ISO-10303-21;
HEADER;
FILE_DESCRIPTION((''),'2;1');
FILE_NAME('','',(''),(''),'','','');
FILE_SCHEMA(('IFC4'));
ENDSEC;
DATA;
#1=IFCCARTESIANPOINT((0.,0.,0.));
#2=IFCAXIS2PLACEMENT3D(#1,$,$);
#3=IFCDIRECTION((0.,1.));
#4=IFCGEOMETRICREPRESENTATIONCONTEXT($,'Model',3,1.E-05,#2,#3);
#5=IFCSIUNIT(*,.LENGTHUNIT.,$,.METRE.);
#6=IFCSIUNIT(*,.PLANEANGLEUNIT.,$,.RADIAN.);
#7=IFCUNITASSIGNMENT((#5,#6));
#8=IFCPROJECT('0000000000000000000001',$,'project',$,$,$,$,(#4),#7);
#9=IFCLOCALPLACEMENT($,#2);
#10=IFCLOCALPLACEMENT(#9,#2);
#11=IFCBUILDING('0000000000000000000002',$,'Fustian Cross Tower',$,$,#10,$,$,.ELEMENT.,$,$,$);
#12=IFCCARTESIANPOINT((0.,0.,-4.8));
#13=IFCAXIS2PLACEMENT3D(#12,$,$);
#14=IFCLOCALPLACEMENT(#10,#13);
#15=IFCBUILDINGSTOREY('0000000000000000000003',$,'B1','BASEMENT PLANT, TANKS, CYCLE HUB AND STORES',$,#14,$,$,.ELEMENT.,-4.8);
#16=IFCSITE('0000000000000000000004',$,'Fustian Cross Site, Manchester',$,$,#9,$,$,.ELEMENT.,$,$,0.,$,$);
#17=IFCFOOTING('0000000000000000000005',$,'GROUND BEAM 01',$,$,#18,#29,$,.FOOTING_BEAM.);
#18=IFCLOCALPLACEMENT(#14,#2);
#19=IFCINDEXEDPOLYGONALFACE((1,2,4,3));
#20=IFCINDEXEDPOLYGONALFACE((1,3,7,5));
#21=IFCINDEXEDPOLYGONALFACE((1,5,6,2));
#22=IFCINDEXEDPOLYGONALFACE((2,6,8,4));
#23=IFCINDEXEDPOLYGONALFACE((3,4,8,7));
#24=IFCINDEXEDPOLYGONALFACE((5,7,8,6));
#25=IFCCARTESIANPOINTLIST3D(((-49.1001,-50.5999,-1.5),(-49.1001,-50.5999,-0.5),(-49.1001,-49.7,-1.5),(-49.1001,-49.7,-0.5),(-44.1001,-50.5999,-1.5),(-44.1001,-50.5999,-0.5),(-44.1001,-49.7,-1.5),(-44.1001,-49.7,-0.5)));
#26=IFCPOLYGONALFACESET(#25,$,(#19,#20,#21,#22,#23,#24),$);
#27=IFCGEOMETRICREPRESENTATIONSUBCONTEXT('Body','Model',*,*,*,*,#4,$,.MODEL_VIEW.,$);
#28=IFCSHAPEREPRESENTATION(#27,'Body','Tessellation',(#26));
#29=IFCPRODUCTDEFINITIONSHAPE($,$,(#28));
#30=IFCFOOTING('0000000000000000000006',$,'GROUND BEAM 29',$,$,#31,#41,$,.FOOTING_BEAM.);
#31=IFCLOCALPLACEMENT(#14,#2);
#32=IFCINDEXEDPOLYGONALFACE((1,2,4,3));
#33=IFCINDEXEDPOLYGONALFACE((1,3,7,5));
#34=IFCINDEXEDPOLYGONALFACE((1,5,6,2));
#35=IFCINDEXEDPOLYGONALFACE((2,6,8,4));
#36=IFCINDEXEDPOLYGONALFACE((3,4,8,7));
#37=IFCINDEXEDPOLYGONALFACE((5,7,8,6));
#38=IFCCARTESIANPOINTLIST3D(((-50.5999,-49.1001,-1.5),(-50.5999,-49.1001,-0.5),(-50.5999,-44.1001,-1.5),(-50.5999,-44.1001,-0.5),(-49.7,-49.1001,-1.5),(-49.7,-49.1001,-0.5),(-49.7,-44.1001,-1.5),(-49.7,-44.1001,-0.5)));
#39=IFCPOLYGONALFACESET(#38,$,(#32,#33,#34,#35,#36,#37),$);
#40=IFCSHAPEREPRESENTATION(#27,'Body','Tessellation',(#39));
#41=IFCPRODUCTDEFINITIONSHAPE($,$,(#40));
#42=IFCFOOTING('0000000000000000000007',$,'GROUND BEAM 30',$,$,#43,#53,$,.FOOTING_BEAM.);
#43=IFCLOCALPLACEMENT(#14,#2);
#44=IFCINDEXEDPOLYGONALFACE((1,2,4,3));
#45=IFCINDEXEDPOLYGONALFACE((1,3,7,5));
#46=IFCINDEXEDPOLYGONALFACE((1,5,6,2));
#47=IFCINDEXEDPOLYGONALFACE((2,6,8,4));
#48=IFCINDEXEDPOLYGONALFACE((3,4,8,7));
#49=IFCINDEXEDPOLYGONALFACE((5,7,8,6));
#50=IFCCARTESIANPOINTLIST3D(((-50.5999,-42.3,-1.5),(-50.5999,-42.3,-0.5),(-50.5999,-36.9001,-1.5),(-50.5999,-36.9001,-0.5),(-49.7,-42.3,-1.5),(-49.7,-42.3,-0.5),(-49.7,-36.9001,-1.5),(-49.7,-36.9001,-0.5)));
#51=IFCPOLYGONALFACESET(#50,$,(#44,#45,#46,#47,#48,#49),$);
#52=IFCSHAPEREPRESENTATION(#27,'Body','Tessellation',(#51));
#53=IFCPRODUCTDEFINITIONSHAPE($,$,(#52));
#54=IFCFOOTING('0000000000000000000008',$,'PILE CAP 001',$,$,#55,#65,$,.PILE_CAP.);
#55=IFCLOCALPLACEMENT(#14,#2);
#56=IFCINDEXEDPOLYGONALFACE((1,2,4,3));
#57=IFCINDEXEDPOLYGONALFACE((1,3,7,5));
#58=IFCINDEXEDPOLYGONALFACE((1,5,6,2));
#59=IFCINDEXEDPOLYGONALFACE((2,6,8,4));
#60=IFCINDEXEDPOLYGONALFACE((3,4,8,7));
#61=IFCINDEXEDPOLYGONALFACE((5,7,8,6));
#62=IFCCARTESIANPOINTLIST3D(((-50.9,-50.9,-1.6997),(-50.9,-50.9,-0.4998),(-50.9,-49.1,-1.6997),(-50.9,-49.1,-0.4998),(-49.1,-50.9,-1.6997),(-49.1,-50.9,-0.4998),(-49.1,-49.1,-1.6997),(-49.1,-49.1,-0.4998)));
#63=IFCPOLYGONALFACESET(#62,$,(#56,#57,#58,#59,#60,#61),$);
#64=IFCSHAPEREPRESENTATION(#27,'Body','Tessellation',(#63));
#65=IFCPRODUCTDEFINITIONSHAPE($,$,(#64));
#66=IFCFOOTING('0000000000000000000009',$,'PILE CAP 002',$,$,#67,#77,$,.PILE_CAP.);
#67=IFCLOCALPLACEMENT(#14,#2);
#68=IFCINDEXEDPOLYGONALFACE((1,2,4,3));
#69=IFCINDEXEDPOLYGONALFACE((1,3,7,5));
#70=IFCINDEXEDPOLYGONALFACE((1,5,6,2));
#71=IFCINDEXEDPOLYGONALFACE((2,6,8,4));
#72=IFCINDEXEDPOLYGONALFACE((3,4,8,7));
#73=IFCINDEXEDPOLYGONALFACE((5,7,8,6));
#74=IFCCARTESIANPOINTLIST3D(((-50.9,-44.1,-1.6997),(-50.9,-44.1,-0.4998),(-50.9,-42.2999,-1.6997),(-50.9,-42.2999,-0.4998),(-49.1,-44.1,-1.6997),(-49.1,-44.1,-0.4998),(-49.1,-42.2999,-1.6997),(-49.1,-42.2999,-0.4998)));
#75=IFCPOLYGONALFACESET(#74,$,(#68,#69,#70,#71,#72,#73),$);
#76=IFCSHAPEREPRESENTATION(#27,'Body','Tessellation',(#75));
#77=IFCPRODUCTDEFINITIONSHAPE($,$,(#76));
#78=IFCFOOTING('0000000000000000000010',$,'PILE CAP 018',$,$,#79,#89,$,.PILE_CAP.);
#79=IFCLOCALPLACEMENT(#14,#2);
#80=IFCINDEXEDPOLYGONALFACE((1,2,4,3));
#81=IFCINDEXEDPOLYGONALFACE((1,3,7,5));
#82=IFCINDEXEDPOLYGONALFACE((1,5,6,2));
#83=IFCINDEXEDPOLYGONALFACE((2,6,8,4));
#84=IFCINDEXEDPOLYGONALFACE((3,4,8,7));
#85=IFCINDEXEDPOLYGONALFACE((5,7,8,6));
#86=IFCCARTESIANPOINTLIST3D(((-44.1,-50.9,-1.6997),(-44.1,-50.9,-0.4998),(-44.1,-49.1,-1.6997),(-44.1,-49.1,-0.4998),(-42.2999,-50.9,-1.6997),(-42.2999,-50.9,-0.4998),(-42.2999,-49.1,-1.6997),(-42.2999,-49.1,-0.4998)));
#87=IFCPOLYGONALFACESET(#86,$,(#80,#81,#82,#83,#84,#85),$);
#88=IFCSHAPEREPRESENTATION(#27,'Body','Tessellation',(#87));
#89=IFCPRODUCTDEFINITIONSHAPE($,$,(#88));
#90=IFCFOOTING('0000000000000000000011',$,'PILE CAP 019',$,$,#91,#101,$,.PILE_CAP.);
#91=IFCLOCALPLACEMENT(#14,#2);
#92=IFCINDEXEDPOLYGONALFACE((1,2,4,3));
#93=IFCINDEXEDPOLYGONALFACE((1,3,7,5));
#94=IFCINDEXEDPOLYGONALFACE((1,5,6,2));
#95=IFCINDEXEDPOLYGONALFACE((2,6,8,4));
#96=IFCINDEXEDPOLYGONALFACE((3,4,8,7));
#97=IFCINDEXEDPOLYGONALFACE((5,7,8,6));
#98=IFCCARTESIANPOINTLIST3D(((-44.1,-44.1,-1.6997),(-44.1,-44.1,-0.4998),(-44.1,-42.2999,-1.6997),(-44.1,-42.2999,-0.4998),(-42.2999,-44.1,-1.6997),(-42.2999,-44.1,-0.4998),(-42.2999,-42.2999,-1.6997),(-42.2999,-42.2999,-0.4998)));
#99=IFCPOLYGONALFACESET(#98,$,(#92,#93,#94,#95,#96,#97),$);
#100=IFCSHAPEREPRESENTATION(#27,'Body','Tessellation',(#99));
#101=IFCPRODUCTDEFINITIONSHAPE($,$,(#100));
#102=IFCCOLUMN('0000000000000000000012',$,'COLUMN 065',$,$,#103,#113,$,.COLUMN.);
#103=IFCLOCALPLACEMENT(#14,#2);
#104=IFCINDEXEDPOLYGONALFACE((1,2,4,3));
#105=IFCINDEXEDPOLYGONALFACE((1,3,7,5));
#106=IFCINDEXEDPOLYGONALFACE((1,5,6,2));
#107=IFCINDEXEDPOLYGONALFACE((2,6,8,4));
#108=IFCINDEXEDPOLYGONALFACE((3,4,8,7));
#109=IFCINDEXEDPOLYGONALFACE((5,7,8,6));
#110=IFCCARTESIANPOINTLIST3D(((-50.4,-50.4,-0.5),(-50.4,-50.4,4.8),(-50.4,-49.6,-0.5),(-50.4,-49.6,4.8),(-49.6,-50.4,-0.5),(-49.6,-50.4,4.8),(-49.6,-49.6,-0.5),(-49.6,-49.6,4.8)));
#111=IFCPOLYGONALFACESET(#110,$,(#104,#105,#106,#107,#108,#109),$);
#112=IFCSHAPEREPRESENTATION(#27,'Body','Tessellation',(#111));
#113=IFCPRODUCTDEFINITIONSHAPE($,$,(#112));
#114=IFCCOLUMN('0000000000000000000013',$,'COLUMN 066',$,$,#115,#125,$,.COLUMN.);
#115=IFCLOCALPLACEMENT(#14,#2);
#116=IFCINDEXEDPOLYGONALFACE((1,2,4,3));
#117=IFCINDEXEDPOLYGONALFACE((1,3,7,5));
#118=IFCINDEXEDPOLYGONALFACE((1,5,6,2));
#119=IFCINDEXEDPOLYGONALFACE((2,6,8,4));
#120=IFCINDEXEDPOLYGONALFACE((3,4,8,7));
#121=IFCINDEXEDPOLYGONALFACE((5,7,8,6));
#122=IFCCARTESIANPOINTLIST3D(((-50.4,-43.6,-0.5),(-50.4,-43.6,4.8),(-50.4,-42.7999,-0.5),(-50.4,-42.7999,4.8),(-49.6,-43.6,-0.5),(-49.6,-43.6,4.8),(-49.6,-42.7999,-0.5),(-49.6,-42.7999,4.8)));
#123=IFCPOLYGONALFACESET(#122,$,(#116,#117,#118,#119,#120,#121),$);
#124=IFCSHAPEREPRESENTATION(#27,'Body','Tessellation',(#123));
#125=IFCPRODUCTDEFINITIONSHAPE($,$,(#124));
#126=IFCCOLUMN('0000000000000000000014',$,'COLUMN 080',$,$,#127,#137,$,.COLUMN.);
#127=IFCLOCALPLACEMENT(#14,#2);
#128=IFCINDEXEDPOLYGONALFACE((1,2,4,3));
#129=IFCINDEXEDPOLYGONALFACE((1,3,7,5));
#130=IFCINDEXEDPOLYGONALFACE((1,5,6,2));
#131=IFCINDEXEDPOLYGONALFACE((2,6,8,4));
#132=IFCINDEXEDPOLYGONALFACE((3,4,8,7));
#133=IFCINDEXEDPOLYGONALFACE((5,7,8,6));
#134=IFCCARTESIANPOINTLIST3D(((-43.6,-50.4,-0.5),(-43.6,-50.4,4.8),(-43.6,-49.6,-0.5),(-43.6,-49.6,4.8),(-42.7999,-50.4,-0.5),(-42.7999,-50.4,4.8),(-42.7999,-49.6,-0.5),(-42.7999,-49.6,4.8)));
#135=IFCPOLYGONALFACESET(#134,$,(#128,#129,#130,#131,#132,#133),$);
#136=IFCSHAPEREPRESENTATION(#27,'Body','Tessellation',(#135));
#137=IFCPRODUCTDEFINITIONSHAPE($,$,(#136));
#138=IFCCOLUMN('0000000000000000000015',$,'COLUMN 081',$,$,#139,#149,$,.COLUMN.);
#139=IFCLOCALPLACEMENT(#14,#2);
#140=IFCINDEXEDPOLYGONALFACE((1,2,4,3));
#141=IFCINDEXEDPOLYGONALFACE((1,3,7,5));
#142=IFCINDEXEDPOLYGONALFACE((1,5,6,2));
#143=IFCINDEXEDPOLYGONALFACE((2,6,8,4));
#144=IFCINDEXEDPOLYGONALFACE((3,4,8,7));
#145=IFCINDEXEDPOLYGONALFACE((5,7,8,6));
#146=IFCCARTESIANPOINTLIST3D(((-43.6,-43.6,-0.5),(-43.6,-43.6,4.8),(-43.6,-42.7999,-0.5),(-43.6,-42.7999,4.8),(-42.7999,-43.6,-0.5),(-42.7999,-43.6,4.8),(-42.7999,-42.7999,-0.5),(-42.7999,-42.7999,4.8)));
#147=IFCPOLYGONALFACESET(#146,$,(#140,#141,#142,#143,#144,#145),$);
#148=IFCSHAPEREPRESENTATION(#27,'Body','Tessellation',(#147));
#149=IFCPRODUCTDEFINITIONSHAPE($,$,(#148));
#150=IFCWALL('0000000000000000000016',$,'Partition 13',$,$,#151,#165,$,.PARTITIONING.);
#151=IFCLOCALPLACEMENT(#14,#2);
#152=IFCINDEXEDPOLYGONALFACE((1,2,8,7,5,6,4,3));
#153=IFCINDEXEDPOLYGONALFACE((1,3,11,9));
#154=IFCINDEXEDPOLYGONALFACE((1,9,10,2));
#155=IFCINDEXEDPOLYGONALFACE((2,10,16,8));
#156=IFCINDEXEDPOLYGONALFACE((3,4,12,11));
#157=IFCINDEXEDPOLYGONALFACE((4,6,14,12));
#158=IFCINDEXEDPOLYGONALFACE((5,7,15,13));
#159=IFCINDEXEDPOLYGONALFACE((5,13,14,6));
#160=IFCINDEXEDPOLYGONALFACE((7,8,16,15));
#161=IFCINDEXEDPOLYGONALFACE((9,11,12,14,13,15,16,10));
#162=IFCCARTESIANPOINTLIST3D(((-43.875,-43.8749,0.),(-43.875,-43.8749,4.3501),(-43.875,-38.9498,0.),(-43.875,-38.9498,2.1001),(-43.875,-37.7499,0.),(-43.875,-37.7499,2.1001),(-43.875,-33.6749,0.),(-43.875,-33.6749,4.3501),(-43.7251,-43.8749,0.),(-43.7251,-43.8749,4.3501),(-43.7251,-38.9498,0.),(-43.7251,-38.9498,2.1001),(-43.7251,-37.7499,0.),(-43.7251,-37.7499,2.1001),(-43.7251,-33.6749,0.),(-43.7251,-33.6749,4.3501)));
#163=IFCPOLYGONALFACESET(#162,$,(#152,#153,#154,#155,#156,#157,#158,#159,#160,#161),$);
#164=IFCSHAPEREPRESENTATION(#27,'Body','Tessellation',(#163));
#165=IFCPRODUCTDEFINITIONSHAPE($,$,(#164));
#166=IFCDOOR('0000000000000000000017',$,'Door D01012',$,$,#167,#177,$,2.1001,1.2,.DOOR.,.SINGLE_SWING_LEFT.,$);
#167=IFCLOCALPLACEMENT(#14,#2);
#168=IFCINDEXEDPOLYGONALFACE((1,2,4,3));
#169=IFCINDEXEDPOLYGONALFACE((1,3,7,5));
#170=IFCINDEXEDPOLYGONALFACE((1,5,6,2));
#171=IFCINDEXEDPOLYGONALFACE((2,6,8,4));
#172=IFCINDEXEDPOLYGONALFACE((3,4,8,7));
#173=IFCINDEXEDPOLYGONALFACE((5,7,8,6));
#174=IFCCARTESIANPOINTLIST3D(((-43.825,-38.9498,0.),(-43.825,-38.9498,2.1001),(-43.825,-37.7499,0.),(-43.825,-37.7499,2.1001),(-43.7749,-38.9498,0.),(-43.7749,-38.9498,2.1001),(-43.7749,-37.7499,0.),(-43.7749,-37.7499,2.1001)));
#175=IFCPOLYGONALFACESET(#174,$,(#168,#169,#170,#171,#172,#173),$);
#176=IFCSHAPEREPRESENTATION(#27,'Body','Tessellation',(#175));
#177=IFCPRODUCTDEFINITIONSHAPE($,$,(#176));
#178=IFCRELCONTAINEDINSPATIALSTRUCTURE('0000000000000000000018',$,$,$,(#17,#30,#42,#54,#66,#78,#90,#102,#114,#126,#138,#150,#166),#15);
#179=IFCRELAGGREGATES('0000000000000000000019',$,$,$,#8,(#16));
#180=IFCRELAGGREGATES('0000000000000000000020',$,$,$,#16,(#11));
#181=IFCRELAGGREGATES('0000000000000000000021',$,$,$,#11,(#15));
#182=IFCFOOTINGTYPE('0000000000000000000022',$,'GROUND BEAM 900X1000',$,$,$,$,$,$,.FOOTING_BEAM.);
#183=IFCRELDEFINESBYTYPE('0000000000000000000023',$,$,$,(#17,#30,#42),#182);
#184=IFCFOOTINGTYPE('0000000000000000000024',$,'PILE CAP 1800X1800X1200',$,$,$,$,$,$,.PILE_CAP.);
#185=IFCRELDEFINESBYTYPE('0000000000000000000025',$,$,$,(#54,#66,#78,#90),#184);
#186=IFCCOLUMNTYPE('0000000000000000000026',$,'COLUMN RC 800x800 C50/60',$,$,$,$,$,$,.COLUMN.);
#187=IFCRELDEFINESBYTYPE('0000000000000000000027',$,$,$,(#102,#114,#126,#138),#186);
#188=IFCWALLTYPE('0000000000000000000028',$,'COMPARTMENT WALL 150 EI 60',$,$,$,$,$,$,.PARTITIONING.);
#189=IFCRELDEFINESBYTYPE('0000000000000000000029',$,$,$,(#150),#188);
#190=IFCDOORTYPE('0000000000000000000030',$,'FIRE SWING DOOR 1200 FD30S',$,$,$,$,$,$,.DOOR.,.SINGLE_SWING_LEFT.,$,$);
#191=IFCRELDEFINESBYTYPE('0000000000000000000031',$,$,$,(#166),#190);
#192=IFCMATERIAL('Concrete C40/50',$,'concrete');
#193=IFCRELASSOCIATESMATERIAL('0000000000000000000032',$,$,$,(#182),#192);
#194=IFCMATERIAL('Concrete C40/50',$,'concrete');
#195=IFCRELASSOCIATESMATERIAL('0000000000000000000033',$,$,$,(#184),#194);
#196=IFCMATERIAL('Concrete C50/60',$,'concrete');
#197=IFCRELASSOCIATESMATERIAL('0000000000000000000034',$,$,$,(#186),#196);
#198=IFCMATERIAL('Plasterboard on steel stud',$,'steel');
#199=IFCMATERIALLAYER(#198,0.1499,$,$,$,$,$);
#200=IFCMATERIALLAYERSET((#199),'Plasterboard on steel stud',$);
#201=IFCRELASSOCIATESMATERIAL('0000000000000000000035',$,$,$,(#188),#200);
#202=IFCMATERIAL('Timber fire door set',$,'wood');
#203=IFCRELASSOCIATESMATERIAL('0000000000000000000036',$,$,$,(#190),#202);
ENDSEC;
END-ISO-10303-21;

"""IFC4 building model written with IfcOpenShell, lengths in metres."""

from ifc_helpers import new_model, si_unit, direction, frame, frame_2d, origin, origin_2d, place, context, subcontext, project, spatial, rectangle, extrude, material, layer, layer_set, material_profile, profile_set, type_object, element, fill, save


model = new_model("IFC4")

# Units and contexts
model_context = context("Model", 3, precision=1e-05, world=origin(), true_north=direction((0.0, 1.0)))
body_context = subcontext(model_context, "Body", "Model", "MODEL_VIEW")
ifc_project = project(units=[si_unit("LENGTHUNIT", "METRE"), si_unit("PLANEANGLEUNIT", "RADIAN")], contexts=[model_context])

# Site, building, storey
site_placement = place(None, origin())
site = spatial("IfcSite", under=ifc_project, at=site_placement, Name="Fustian Cross Site, Manchester", CompositionType="ELEMENT", RefElevation=0.0)
building_placement = place(site_placement, origin())
building = spatial("IfcBuilding", under=site, at=building_placement, Name="Fustian Cross Tower", CompositionType="ELEMENT")
storey_placement = place(building_placement, frame((0.0, 0.0, -4.8)))
storey = spatial("IfcBuildingStorey", under=building, at=storey_placement, Name="B1", Description="BASEMENT PLANT, TANKS, CYCLE HUB AND STORES", CompositionType="ELEMENT", Elevation=-4.8)

# Footings
ifc_material_1 = material(Name="Concrete C40/50", Category="concrete")
footing_type_1 = type_object("IfcFootingType", Name="GROUND BEAM 900X1000", PredefinedType="FOOTING_BEAM", material=ifc_material_1)
footing_1_placement = place(storey_placement, frame((-46.6001, -50.1499, -1.5), z_axis=(0.0, 0.0, 1.0), x_axis=(1.0, 0.0, 0.0)))
element("IfcFooting", 1, at=footing_1_placement, inside=storey, type_object=footing_type_1, Name="GROUND BEAM 01", PredefinedType="FOOTING_BEAM", context=body_context, shape_type="SweptSolid", body=[
    extrude(rectangle(XDim=5.0, YDim=0.8999, at=origin_2d()), origin(), (0.0, 0.0, 1.0), 1.0),
])
footing_2_placement = place(storey_placement, frame((-50.1499, -46.6001, -1.5), z_axis=(0.0, 0.0, 1.0), x_axis=(1.0, 0.0, 0.0)))
element("IfcFooting", 2, at=footing_2_placement, inside=storey, type_object=footing_type_1, Name="GROUND BEAM 29", PredefinedType="FOOTING_BEAM", context=body_context, shape_type="SweptSolid", body=[
    extrude(rectangle(XDim=0.8999, YDim=5.0, at=origin_2d()), origin(), (0.0, 0.0, 1.0), 1.0),
])
footing_3_placement = place(storey_placement, frame((-50.1499, -39.6001, -1.5), z_axis=(0.0, 0.0, 1.0), x_axis=(1.0, 0.0, 0.0)))
element("IfcFooting", 3, at=footing_3_placement, inside=storey, type_object=footing_type_1, Name="GROUND BEAM 30", PredefinedType="FOOTING_BEAM", context=body_context, shape_type="SweptSolid", body=[
    extrude(rectangle(XDim=0.8999, YDim=5.3999, at=origin_2d()), origin(), (0.0, 0.0, 1.0), 1.0),
])
ifc_material_2 = material(Name="Concrete C40/50", Category="concrete")
footing_type_2 = type_object("IfcFootingType", Name="PILE CAP 1800X1800X1200", PredefinedType="PILE_CAP", material=ifc_material_2)
for number, where, z_axis, x_axis, name in (
    (4, (-50.0, -50.0, -1.6997), (0.0, 0.0, 1.0), (1.0, 0.0, 0.0), "PILE CAP 001"),
    (5, (-50.0, -43.2, -1.6997), (0.0, 0.0, 1.0), (1.0, 0.0, 0.0), "PILE CAP 002"),
    (6, (-43.2, -50.0, -1.6997), (0.0, 0.0, 1.0), (1.0, 0.0, 0.0), "PILE CAP 018"),
    (7, (-43.2, -43.2, -1.6997), (0.0, 0.0, 1.0), (1.0, 0.0, 0.0), "PILE CAP 019"),
):
    element("IfcFooting", number, at=place(storey_placement, frame(where, z_axis=z_axis, x_axis=x_axis)), inside=storey, type_object=footing_type_2, Name=name, PredefinedType="PILE_CAP", context=body_context, shape_type="SweptSolid", body=[
        extrude(rectangle(XDim=1.8, YDim=1.8, at=origin_2d()), origin(), (0.0, 0.0, 1.0), 1.2),
    ])

# Columns
ifc_material_3 = material(Name="Concrete C50/60", Category="concrete")
ifc_material_profile_1 = material_profile(ifc_material_3, rectangle(XDim=0.8, YDim=0.8, at=origin_2d()), Name="RC 800x800")
ifc_profile_set_1 = profile_set([ifc_material_profile_1], Name="Concrete C50/60")
column_type = type_object("IfcColumnType", Name="COLUMN RC 800x800 C50/60", PredefinedType="COLUMN", material=ifc_profile_set_1)
for number, where, z_axis, x_axis, name in (
    (8, (-50.0, -50.0, -0.5), (0.0, 0.0, 1.0), (1.0, 0.0, 0.0), "COLUMN 065"),
    (9, (-50.0, -43.2, -0.5), (0.0, 0.0, 1.0), (1.0, 0.0, 0.0), "COLUMN 066"),
    (10, (-43.2, -50.0, -0.5), (0.0, 0.0, 1.0), (1.0, 0.0, 0.0), "COLUMN 080"),
    (11, (-43.2, -43.2, -0.5), (0.0, 0.0, 1.0), (1.0, 0.0, 0.0), "COLUMN 081"),
):
    element("IfcColumn", number, at=place(storey_placement, frame(where, z_axis=z_axis, x_axis=x_axis)), inside=storey, type_object=column_type, Name=name, PredefinedType="COLUMN", context=body_context, shape_type="SweptSolid", body=[
        extrude(rectangle(XDim=0.8, YDim=0.8, at=origin_2d()), origin(), (0.0, 0.0, 1.0), 5.3),
    ])

# Wall, opening, door
ifc_material_4 = material(Name="Plasterboard on steel stud", Category="steel")
ifc_layer_1 = layer(ifc_material_4, 0.1499)
ifc_layer_set_1 = layer_set([ifc_layer_1], Name="Plasterboard on steel stud")
wall_type_1 = type_object("IfcWallType", Name="COMPARTMENT WALL 150 EI 60", PredefinedType="PARTITIONING", material=ifc_layer_set_1)
wall_1_placement = place(storey_placement, frame((-43.8, -43.875, 0.0), z_axis=(0.0, 0.0, 1.0), x_axis=(0.0, 1.0, 0.0)))
wall_1 = element("IfcWall", 12, at=wall_1_placement, inside=storey, type_object=wall_type_1, Name="Partition 13", PredefinedType="PARTITIONING", context=body_context, shape_type="SweptSolid", body=[
    extrude(rectangle(XDim=10.2, YDim=0.1499, at=frame_2d((5.1001, 0.0))), origin(), (0.0, 0.0, 1.0), 4.3501),
])
opening_1_placement = place(wall_1_placement, frame((4.925, 0.0, 0.0)))
opening_1 = element("IfcOpeningElement", 13, at=opening_1_placement, cuts=wall_1, PredefinedType="OPENING", context=body_context, shape_type="SweptSolid", body=[
    extrude(rectangle(XDim=1.2, YDim=2.1001, at=frame_2d((0.6001, 1.05))), frame((0.0, 0.085, 0.0), z_axis=(0.0, -1.0, 0.0), x_axis=(1.0, 0.0, 0.0)), (0.0, 0.0, 1.0), 0.1699),
])
ifc_material_5 = material(Name="Timber fire door set", Category="wood")
door_type_1 = type_object("IfcDoorType", Name="FIRE SWING DOOR 1200 FD30S", OperationType="SINGLE_SWING_LEFT", PredefinedType="DOOR", material=ifc_material_5)
door_1_placement = place(opening_1_placement, origin())
door_1 = element("IfcDoor", 14, at=door_1_placement, inside=storey, type_object=door_type_1, Name="Door D01012", OperationType="SINGLE_SWING_LEFT", OverallHeight=2.1001, OverallWidth=1.2, PredefinedType="DOOR", context=body_context, shape_type="SweptSolid", body=[
    extrude(rectangle(XDim=1.2, YDim=2.1001, at=frame_2d((0.6001, 1.05))), frame((0.0, 0.0249, 0.0), z_axis=(0.0, -1.0, 0.0), x_axis=(1.0, 0.0, 0.0)), (0.0, 0.0, 1.0), 0.05),
])
fill(opening_1, door_1)

save(model, "model.ifc")
